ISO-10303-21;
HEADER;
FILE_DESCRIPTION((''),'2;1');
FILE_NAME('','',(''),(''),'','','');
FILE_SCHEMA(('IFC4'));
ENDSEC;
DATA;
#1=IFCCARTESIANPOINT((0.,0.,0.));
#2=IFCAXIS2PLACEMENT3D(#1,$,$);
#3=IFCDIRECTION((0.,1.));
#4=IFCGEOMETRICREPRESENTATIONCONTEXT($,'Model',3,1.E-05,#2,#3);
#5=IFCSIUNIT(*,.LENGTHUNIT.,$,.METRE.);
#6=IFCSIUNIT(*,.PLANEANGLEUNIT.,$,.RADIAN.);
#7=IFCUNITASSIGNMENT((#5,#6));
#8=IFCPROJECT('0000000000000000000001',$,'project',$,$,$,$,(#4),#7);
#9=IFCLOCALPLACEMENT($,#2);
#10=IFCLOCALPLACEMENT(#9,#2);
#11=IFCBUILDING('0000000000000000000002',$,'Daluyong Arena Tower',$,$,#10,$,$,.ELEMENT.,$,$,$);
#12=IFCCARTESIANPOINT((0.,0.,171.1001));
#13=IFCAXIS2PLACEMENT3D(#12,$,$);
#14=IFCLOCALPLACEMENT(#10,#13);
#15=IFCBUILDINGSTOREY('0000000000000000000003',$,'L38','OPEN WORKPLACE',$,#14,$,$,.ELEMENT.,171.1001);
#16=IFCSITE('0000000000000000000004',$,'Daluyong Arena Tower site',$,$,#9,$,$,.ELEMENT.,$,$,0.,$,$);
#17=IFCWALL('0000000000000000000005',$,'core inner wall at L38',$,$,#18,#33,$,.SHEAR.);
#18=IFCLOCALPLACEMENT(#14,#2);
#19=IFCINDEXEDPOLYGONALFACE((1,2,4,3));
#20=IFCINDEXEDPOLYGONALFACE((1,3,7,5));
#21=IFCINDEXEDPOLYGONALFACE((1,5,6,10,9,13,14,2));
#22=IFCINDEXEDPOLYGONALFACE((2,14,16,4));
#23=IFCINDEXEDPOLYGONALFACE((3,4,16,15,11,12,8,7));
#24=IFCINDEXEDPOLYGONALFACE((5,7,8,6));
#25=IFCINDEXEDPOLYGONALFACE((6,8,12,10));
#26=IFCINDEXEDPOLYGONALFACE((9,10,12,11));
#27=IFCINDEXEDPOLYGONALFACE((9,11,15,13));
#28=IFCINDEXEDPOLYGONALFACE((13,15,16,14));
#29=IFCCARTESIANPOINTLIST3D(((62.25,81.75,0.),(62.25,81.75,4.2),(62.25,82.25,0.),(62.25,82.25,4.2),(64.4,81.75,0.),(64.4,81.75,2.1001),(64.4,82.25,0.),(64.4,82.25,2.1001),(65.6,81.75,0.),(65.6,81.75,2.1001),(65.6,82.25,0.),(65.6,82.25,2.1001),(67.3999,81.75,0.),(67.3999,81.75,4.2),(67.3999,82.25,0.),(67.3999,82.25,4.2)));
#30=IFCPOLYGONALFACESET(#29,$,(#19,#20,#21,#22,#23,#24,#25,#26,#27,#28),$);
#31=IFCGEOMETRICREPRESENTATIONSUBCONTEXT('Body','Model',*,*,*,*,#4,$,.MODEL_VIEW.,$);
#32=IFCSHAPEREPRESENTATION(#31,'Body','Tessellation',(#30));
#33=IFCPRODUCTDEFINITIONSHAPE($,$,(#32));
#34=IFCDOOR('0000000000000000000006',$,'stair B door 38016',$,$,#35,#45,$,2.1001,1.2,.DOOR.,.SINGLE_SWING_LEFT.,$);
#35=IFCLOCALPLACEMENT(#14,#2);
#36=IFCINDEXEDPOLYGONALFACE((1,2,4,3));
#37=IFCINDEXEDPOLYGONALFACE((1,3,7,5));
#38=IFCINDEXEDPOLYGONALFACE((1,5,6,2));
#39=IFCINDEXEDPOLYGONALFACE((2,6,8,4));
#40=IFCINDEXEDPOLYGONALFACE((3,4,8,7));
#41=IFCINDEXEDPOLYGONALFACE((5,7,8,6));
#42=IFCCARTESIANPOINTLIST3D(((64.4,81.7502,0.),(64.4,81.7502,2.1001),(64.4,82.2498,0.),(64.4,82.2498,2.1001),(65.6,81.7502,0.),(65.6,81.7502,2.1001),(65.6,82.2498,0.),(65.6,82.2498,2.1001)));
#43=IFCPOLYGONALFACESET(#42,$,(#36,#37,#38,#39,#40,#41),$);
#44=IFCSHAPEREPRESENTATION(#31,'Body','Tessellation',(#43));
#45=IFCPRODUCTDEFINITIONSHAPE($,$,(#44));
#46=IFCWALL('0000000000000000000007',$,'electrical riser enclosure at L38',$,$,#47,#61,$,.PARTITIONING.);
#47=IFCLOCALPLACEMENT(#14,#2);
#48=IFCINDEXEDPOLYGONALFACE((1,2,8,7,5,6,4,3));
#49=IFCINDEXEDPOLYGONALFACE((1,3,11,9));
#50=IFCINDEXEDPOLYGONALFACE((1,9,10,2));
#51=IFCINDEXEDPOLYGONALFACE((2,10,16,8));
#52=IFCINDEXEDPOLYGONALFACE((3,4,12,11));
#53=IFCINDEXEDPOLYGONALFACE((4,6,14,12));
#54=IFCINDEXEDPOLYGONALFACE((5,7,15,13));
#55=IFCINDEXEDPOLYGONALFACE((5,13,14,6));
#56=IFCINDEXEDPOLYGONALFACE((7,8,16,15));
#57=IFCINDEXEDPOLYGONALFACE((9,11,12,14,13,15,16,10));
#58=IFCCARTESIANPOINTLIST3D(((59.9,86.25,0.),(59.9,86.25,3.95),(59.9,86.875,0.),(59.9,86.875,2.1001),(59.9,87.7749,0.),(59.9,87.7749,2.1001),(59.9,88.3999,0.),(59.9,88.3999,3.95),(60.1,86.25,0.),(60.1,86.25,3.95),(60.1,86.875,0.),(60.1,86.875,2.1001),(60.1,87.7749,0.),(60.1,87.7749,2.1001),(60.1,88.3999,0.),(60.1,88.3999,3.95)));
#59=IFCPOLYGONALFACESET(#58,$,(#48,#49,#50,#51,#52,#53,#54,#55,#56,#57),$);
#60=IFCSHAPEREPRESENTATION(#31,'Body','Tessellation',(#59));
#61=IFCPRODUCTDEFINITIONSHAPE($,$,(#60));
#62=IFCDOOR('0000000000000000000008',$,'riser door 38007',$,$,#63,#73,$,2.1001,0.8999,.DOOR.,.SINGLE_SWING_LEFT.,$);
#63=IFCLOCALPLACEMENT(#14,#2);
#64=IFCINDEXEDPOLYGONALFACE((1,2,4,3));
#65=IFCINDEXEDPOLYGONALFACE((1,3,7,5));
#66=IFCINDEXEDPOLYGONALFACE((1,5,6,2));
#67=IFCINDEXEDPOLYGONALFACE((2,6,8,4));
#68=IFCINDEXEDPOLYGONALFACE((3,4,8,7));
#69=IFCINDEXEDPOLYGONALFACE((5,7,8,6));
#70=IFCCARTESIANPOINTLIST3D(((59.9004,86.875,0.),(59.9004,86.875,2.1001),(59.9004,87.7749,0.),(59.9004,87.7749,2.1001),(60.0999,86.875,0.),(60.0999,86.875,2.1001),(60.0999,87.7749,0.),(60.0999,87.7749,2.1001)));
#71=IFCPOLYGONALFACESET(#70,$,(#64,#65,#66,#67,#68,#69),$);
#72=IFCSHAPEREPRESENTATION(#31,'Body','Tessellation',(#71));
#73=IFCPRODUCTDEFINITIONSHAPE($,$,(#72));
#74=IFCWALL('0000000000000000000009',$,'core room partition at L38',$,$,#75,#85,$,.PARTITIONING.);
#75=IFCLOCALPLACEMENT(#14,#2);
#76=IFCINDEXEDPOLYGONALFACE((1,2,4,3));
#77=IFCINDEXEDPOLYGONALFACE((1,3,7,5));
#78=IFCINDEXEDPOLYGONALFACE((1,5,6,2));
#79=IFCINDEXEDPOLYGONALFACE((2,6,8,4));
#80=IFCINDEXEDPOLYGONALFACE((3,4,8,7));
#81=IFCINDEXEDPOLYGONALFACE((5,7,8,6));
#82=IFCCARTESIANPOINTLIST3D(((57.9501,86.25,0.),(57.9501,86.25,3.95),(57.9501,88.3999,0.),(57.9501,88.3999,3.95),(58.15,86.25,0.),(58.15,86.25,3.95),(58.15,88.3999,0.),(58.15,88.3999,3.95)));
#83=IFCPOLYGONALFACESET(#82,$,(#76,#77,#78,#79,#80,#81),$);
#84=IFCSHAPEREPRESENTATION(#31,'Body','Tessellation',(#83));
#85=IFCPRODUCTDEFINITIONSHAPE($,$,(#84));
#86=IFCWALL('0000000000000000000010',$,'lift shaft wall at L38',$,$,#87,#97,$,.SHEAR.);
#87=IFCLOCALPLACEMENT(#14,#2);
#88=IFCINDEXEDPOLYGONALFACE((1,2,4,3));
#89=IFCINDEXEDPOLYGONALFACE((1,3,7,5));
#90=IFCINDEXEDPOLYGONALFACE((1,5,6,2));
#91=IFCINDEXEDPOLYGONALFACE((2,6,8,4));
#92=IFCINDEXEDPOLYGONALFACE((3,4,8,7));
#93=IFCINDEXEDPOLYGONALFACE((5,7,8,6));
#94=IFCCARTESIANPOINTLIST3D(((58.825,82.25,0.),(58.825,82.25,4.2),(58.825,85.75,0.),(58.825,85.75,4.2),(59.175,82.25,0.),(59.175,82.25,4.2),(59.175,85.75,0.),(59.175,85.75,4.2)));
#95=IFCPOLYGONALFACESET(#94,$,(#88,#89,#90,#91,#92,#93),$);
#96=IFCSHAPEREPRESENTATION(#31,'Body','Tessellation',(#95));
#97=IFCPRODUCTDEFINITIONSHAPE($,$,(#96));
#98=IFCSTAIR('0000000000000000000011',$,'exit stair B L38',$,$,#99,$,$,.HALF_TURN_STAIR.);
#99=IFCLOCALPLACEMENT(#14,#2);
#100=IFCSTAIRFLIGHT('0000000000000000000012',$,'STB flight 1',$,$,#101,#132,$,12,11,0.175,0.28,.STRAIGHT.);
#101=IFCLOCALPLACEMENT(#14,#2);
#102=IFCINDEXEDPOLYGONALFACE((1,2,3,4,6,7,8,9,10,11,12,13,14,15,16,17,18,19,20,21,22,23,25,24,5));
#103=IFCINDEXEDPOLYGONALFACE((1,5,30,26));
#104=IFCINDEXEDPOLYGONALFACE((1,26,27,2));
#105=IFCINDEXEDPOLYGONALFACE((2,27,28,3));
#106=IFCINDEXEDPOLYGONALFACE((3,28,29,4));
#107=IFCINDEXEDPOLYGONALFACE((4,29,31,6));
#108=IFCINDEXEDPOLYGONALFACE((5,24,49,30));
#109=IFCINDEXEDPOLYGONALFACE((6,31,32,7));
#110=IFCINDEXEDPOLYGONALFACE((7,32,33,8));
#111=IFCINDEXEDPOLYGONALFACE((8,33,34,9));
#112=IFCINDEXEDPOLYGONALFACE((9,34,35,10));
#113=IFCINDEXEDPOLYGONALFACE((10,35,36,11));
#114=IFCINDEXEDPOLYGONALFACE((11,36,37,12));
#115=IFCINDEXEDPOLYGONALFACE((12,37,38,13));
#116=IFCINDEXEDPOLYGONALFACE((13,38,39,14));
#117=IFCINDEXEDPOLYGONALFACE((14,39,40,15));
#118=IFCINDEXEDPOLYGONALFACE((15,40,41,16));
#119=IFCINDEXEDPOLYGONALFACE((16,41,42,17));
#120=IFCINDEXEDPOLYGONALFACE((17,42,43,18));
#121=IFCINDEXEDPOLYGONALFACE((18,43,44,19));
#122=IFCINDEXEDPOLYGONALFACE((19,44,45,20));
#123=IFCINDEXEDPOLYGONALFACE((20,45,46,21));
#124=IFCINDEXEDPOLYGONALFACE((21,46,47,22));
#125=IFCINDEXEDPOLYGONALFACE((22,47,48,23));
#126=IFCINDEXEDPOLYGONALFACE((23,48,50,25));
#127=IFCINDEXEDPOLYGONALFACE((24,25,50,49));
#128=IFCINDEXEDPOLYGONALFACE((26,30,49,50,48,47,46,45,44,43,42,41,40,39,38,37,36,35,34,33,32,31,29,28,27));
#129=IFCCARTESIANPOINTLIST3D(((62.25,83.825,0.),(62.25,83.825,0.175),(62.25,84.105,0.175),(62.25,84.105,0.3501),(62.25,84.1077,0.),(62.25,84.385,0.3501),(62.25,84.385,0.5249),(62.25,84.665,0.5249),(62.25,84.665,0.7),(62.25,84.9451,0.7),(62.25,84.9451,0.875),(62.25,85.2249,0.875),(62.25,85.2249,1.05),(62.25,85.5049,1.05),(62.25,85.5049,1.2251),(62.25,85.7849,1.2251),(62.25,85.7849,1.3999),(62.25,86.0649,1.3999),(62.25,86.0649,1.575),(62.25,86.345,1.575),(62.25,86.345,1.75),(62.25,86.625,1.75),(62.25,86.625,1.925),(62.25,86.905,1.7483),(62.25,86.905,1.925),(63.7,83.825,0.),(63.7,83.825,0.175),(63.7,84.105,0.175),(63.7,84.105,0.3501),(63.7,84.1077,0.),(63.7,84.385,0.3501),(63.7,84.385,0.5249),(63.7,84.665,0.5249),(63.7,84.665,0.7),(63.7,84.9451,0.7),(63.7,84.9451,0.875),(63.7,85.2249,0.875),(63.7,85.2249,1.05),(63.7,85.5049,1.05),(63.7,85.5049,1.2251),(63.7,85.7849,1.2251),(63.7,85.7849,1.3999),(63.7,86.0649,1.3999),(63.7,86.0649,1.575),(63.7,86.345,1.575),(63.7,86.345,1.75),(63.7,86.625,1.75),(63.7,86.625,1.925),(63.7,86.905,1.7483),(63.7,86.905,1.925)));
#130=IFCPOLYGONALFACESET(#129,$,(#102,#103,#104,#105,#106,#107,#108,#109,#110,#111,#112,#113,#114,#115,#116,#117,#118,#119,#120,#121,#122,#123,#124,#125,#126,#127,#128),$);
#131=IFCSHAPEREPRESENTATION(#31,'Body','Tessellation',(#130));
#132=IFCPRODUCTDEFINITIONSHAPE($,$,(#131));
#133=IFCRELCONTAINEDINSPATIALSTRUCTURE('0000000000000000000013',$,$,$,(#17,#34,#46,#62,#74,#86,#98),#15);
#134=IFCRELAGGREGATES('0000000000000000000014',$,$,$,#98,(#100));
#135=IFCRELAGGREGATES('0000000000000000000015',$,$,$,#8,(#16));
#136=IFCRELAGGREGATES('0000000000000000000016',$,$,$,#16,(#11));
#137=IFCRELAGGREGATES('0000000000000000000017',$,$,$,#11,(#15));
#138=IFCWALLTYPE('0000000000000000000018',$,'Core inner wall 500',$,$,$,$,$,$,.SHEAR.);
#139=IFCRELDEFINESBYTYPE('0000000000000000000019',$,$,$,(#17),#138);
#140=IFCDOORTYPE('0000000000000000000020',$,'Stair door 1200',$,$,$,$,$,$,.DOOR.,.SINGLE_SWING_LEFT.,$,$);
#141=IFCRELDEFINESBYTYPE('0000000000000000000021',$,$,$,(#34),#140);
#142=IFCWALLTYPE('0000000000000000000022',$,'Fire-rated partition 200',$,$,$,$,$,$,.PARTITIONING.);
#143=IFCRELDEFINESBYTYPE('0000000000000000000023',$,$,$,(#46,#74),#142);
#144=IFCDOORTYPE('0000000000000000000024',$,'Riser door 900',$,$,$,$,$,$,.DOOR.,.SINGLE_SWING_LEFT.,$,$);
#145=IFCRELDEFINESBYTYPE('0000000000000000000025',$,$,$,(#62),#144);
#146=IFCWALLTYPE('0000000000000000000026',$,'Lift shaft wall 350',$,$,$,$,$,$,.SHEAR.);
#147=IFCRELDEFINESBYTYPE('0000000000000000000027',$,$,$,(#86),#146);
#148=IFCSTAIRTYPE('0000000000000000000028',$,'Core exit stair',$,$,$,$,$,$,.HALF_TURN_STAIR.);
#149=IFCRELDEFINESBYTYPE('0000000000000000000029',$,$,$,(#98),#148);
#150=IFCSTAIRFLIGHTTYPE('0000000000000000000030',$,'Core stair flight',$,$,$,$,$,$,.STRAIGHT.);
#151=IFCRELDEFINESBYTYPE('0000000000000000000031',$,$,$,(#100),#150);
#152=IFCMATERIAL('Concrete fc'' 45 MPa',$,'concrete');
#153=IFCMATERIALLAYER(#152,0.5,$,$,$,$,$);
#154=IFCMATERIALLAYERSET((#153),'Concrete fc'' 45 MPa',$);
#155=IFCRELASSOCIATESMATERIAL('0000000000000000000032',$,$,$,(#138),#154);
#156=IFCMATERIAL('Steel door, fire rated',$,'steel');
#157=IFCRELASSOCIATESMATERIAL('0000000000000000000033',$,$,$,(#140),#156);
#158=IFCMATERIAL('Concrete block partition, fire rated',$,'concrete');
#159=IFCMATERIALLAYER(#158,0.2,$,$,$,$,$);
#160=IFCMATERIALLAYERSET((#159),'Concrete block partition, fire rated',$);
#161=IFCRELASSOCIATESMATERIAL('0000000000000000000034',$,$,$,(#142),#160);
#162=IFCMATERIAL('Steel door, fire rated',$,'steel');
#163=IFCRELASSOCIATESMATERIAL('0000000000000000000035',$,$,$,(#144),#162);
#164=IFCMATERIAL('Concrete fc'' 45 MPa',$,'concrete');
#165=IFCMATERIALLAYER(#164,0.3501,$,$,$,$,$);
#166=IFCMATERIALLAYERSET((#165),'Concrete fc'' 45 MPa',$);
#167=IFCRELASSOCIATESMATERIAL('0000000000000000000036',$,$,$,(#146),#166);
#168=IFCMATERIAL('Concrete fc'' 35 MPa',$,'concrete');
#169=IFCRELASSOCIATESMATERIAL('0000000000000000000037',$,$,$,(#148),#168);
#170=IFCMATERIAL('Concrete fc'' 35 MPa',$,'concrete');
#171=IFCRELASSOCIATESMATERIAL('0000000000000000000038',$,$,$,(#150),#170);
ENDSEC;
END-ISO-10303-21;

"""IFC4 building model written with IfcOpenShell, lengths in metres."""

from ifc_helpers import new_model, si_unit, direction, frame, frame_2d, origin, place, context, subcontext, project, spatial, polyline, rectangle, outline, extrude, material, layer, layer_set, type_object, element, fill, aggregate, save


model = new_model("IFC4")

# Units and contexts
model_context = context("Model", 3, precision=1e-05, world=origin(), true_north=direction((0.0, 1.0)))
body_context = subcontext(model_context, "Body", "Model", "MODEL_VIEW")
ifc_project = project(units=[si_unit("LENGTHUNIT", "METRE"), si_unit("PLANEANGLEUNIT", "RADIAN")], contexts=[model_context])

# Site, building, storey
site_placement = place(None, origin())
site = spatial("IfcSite", under=ifc_project, at=site_placement, Name="Daluyong Arena Tower site", CompositionType="ELEMENT", RefElevation=0.0)
building_placement = place(site_placement, origin())
building = spatial("IfcBuilding", under=site, at=building_placement, Name="Daluyong Arena Tower", CompositionType="ELEMENT")
storey_placement = place(building_placement, frame((0.0, 0.0, 171.1001)))
storey = spatial("IfcBuildingStorey", under=building, at=storey_placement, Name="L38", Description="OPEN WORKPLACE", CompositionType="ELEMENT", Elevation=171.1001)

# Walls, openings, doors
ifc_material_1 = material(Name="Concrete fc' 45 MPa", Category="concrete")
ifc_layer_1 = layer(ifc_material_1, 0.5)
ifc_layer_set_1 = layer_set([ifc_layer_1], Name="Concrete fc' 45 MPa")
wall_type_1 = type_object("IfcWallType", Name="Core inner wall 500", PredefinedType="SHEAR", material=ifc_layer_set_1)
wall_1_placement = place(storey_placement, frame((62.25, 82.0, 0.0), z_axis=(0.0, 0.0, 1.0), x_axis=(1.0, 0.0, 0.0)))
wall_1 = element("IfcWall", 1, at=wall_1_placement, inside=storey, type_object=wall_type_1, Name="core inner wall at L38", PredefinedType="SHEAR", context=body_context, shape_type="SweptSolid", body=[
    extrude(rectangle(XDim=5.1499, YDim=0.5, at=frame_2d((2.575, 0.0))), origin(), (0.0, 0.0, 1.0), 4.2),
])
opening_1_placement = place(wall_1_placement, frame((2.1499, 0.0, 0.0)))
opening_1 = element("IfcOpeningElement", 2, at=opening_1_placement, cuts=wall_1, PredefinedType="OPENING", context=body_context, shape_type="SweptSolid", body=[
    extrude(rectangle(XDim=1.2, YDim=2.1001, at=frame_2d((0.6001, 1.05))), frame((0.0, 0.26, 0.0), z_axis=(0.0, -1.0, 0.0), x_axis=(1.0, 0.0, 0.0)), (0.0, 0.0, 1.0), 0.52),
])
ifc_material_2 = material(Name="Steel door, fire rated", Category="steel")
door_type_1 = type_object("IfcDoorType", Name="Stair door 1200", OperationType="SINGLE_SWING_LEFT", PredefinedType="DOOR", material=ifc_material_2)
door_1_placement = place(opening_1_placement, origin())
door_1 = element("IfcDoor", 3, at=door_1_placement, inside=storey, type_object=door_type_1, Name="stair B door 38016", OperationType="SINGLE_SWING_LEFT", OverallHeight=2.1001, OverallWidth=1.2, PredefinedType="DOOR", context=body_context, shape_type="SweptSolid", body=[
    extrude(rectangle(XDim=1.2, YDim=2.1001, at=frame_2d((0.6001, 1.05))), frame((0.0, 0.2498, 0.0), z_axis=(0.0, -1.0, 0.0), x_axis=(1.0, 0.0, 0.0)), (0.0, 0.0, 1.0), 0.4995),
])
fill(opening_1, door_1)
ifc_material_3 = material(Name="Concrete block partition, fire rated", Category="concrete")
ifc_layer_2 = layer(ifc_material_3, 0.2)
ifc_layer_set_2 = layer_set([ifc_layer_2], Name="Concrete block partition, fire rated")
wall_type_2 = type_object("IfcWallType", Name="Fire-rated partition 200", PredefinedType="PARTITIONING", material=ifc_layer_set_2)
wall_2_placement = place(storey_placement, frame((60.0, 86.25, 0.0), z_axis=(0.0, 0.0, 1.0), x_axis=(0.0, 1.0, 0.0)))
wall_2 = element("IfcWall", 4, at=wall_2_placement, inside=storey, type_object=wall_type_2, Name="electrical riser enclosure at L38", PredefinedType="PARTITIONING", context=body_context, shape_type="SweptSolid", body=[
    extrude(rectangle(XDim=2.1499, YDim=0.2, at=frame_2d((1.075, 0.0))), origin(), (0.0, 0.0, 1.0), 3.95),
])
opening_2_placement = place(wall_2_placement, frame((0.625, 0.0, 0.0)))
opening_2 = element("IfcOpeningElement", 5, at=opening_2_placement, cuts=wall_2, PredefinedType="OPENING", context=body_context, shape_type="SweptSolid", body=[
    extrude(rectangle(XDim=0.8999, YDim=2.1001, at=frame_2d((0.45, 1.05))), frame((0.0, 0.1099, 0.0), z_axis=(0.0, -1.0, 0.0), x_axis=(1.0, 0.0, 0.0)), (0.0, 0.0, 1.0), 0.22),
])
ifc_material_4 = material(Name="Steel door, fire rated", Category="steel")
door_type_2 = type_object("IfcDoorType", Name="Riser door 900", OperationType="SINGLE_SWING_LEFT", PredefinedType="DOOR", material=ifc_material_4)
door_2_placement = place(opening_2_placement, origin())
door_2 = element("IfcDoor", 6, at=door_2_placement, inside=storey, type_object=door_type_2, Name="riser door 38007", OperationType="SINGLE_SWING_LEFT", OverallHeight=2.1001, OverallWidth=0.8999, PredefinedType="DOOR", context=body_context, shape_type="SweptSolid", body=[
    extrude(rectangle(XDim=0.8999, YDim=2.1001, at=frame_2d((0.45, 1.05))), frame((0.0, 0.0996, 0.0), z_axis=(0.0, -1.0, 0.0), x_axis=(1.0, 0.0, 0.0)), (0.0, 0.0, 1.0), 0.1995),
])
fill(opening_2, door_2)

# Walls
wall_3_placement = place(storey_placement, frame((58.05, 86.25, 0.0), z_axis=(0.0, 0.0, 1.0), x_axis=(0.0, 1.0, 0.0)))
element("IfcWall", 7, at=wall_3_placement, inside=storey, type_object=wall_type_2, Name="core room partition at L38", PredefinedType="PARTITIONING", context=body_context, shape_type="SweptSolid", body=[
    extrude(rectangle(XDim=2.1499, YDim=0.2, at=frame_2d((1.075, 0.0))), origin(), (0.0, 0.0, 1.0), 3.95),
])
ifc_material_5 = material(Name="Concrete fc' 45 MPa", Category="concrete")
ifc_layer_3 = layer(ifc_material_5, 0.3501)
ifc_layer_set_3 = layer_set([ifc_layer_3], Name="Concrete fc' 45 MPa")
wall_type_3 = type_object("IfcWallType", Name="Lift shaft wall 350", PredefinedType="SHEAR", material=ifc_layer_set_3)
wall_4_placement = place(storey_placement, frame((59.0, 82.25, 0.0), z_axis=(0.0, 0.0, 1.0), x_axis=(0.0, 1.0, 0.0)))
element("IfcWall", 8, at=wall_4_placement, inside=storey, type_object=wall_type_3, Name="lift shaft wall at L38", PredefinedType="SHEAR", context=body_context, shape_type="SweptSolid", body=[
    extrude(rectangle(XDim=3.5, YDim=0.3501, at=frame_2d((1.75, 0.0))), origin(), (0.0, 0.0, 1.0), 4.2),
])

# Stair, stair flight
ifc_material_6 = material(Name="Concrete fc' 35 MPa", Category="concrete")
stair_type = type_object("IfcStairType", Name="Core exit stair", PredefinedType="HALF_TURN_STAIR", material=ifc_material_6)
stair_placement = place(storey_placement, origin())
stair = element("IfcStair", 9, at=stair_placement, inside=storey, type_object=stair_type, Name="exit stair B L38", PredefinedType="HALF_TURN_STAIR")
ifc_material_7 = material(Name="Concrete fc' 35 MPa", Category="concrete")
stair_flight_type = type_object("IfcStairFlightType", Name="Core stair flight", PredefinedType="STRAIGHT", material=ifc_material_7)
stair_flight_placement = place(storey_placement, frame((62.9751, 83.825, 0.0), z_axis=(0.0, 0.0, 1.0), x_axis=(0.0, 1.0, 0.0)))
stair_flight = element("IfcStairFlight", 10, at=stair_flight_placement, type_object=stair_flight_type, Name="STB flight 1", NumberOfRisers=12, NumberOfTreads=11, PredefinedType="STRAIGHT", RiserHeight=0.175, TreadLength=0.28, context=body_context, shape_type="SweptSolid", body=[
    extrude(outline(polyline([(0.0, 0.0), (0.0, 0.175), (0.28, 0.175), (0.28, 0.3501), (0.5601, 0.3501), (0.5601, 0.5249), (0.8401, 0.5249), (0.8401, 0.7), (1.1201, 0.7), (1.1201, 0.875), (1.3999, 0.875), (1.3999, 1.05), (1.6799, 1.05), (1.6799, 1.2251), (1.96, 1.2251), (1.96, 1.3999), (2.24, 1.3999), (2.24, 1.575), (2.52, 1.575), (2.52, 1.75), (2.8, 1.75), (2.8, 1.925), (3.0801, 1.925), (3.0801, 2.1001), (3.0801, 1.7483), (0.2827, 0.0), (0.0, 0.0)])), frame((0.0, 0.7251, 0.0), z_axis=(0.0, -1.0, 0.0), x_axis=(1.0, 0.0, 0.0)), (0.0, 0.0, 1.0), 1.45),
])
aggregate(stair, [stair_flight])

save(model, "model.ifc")
